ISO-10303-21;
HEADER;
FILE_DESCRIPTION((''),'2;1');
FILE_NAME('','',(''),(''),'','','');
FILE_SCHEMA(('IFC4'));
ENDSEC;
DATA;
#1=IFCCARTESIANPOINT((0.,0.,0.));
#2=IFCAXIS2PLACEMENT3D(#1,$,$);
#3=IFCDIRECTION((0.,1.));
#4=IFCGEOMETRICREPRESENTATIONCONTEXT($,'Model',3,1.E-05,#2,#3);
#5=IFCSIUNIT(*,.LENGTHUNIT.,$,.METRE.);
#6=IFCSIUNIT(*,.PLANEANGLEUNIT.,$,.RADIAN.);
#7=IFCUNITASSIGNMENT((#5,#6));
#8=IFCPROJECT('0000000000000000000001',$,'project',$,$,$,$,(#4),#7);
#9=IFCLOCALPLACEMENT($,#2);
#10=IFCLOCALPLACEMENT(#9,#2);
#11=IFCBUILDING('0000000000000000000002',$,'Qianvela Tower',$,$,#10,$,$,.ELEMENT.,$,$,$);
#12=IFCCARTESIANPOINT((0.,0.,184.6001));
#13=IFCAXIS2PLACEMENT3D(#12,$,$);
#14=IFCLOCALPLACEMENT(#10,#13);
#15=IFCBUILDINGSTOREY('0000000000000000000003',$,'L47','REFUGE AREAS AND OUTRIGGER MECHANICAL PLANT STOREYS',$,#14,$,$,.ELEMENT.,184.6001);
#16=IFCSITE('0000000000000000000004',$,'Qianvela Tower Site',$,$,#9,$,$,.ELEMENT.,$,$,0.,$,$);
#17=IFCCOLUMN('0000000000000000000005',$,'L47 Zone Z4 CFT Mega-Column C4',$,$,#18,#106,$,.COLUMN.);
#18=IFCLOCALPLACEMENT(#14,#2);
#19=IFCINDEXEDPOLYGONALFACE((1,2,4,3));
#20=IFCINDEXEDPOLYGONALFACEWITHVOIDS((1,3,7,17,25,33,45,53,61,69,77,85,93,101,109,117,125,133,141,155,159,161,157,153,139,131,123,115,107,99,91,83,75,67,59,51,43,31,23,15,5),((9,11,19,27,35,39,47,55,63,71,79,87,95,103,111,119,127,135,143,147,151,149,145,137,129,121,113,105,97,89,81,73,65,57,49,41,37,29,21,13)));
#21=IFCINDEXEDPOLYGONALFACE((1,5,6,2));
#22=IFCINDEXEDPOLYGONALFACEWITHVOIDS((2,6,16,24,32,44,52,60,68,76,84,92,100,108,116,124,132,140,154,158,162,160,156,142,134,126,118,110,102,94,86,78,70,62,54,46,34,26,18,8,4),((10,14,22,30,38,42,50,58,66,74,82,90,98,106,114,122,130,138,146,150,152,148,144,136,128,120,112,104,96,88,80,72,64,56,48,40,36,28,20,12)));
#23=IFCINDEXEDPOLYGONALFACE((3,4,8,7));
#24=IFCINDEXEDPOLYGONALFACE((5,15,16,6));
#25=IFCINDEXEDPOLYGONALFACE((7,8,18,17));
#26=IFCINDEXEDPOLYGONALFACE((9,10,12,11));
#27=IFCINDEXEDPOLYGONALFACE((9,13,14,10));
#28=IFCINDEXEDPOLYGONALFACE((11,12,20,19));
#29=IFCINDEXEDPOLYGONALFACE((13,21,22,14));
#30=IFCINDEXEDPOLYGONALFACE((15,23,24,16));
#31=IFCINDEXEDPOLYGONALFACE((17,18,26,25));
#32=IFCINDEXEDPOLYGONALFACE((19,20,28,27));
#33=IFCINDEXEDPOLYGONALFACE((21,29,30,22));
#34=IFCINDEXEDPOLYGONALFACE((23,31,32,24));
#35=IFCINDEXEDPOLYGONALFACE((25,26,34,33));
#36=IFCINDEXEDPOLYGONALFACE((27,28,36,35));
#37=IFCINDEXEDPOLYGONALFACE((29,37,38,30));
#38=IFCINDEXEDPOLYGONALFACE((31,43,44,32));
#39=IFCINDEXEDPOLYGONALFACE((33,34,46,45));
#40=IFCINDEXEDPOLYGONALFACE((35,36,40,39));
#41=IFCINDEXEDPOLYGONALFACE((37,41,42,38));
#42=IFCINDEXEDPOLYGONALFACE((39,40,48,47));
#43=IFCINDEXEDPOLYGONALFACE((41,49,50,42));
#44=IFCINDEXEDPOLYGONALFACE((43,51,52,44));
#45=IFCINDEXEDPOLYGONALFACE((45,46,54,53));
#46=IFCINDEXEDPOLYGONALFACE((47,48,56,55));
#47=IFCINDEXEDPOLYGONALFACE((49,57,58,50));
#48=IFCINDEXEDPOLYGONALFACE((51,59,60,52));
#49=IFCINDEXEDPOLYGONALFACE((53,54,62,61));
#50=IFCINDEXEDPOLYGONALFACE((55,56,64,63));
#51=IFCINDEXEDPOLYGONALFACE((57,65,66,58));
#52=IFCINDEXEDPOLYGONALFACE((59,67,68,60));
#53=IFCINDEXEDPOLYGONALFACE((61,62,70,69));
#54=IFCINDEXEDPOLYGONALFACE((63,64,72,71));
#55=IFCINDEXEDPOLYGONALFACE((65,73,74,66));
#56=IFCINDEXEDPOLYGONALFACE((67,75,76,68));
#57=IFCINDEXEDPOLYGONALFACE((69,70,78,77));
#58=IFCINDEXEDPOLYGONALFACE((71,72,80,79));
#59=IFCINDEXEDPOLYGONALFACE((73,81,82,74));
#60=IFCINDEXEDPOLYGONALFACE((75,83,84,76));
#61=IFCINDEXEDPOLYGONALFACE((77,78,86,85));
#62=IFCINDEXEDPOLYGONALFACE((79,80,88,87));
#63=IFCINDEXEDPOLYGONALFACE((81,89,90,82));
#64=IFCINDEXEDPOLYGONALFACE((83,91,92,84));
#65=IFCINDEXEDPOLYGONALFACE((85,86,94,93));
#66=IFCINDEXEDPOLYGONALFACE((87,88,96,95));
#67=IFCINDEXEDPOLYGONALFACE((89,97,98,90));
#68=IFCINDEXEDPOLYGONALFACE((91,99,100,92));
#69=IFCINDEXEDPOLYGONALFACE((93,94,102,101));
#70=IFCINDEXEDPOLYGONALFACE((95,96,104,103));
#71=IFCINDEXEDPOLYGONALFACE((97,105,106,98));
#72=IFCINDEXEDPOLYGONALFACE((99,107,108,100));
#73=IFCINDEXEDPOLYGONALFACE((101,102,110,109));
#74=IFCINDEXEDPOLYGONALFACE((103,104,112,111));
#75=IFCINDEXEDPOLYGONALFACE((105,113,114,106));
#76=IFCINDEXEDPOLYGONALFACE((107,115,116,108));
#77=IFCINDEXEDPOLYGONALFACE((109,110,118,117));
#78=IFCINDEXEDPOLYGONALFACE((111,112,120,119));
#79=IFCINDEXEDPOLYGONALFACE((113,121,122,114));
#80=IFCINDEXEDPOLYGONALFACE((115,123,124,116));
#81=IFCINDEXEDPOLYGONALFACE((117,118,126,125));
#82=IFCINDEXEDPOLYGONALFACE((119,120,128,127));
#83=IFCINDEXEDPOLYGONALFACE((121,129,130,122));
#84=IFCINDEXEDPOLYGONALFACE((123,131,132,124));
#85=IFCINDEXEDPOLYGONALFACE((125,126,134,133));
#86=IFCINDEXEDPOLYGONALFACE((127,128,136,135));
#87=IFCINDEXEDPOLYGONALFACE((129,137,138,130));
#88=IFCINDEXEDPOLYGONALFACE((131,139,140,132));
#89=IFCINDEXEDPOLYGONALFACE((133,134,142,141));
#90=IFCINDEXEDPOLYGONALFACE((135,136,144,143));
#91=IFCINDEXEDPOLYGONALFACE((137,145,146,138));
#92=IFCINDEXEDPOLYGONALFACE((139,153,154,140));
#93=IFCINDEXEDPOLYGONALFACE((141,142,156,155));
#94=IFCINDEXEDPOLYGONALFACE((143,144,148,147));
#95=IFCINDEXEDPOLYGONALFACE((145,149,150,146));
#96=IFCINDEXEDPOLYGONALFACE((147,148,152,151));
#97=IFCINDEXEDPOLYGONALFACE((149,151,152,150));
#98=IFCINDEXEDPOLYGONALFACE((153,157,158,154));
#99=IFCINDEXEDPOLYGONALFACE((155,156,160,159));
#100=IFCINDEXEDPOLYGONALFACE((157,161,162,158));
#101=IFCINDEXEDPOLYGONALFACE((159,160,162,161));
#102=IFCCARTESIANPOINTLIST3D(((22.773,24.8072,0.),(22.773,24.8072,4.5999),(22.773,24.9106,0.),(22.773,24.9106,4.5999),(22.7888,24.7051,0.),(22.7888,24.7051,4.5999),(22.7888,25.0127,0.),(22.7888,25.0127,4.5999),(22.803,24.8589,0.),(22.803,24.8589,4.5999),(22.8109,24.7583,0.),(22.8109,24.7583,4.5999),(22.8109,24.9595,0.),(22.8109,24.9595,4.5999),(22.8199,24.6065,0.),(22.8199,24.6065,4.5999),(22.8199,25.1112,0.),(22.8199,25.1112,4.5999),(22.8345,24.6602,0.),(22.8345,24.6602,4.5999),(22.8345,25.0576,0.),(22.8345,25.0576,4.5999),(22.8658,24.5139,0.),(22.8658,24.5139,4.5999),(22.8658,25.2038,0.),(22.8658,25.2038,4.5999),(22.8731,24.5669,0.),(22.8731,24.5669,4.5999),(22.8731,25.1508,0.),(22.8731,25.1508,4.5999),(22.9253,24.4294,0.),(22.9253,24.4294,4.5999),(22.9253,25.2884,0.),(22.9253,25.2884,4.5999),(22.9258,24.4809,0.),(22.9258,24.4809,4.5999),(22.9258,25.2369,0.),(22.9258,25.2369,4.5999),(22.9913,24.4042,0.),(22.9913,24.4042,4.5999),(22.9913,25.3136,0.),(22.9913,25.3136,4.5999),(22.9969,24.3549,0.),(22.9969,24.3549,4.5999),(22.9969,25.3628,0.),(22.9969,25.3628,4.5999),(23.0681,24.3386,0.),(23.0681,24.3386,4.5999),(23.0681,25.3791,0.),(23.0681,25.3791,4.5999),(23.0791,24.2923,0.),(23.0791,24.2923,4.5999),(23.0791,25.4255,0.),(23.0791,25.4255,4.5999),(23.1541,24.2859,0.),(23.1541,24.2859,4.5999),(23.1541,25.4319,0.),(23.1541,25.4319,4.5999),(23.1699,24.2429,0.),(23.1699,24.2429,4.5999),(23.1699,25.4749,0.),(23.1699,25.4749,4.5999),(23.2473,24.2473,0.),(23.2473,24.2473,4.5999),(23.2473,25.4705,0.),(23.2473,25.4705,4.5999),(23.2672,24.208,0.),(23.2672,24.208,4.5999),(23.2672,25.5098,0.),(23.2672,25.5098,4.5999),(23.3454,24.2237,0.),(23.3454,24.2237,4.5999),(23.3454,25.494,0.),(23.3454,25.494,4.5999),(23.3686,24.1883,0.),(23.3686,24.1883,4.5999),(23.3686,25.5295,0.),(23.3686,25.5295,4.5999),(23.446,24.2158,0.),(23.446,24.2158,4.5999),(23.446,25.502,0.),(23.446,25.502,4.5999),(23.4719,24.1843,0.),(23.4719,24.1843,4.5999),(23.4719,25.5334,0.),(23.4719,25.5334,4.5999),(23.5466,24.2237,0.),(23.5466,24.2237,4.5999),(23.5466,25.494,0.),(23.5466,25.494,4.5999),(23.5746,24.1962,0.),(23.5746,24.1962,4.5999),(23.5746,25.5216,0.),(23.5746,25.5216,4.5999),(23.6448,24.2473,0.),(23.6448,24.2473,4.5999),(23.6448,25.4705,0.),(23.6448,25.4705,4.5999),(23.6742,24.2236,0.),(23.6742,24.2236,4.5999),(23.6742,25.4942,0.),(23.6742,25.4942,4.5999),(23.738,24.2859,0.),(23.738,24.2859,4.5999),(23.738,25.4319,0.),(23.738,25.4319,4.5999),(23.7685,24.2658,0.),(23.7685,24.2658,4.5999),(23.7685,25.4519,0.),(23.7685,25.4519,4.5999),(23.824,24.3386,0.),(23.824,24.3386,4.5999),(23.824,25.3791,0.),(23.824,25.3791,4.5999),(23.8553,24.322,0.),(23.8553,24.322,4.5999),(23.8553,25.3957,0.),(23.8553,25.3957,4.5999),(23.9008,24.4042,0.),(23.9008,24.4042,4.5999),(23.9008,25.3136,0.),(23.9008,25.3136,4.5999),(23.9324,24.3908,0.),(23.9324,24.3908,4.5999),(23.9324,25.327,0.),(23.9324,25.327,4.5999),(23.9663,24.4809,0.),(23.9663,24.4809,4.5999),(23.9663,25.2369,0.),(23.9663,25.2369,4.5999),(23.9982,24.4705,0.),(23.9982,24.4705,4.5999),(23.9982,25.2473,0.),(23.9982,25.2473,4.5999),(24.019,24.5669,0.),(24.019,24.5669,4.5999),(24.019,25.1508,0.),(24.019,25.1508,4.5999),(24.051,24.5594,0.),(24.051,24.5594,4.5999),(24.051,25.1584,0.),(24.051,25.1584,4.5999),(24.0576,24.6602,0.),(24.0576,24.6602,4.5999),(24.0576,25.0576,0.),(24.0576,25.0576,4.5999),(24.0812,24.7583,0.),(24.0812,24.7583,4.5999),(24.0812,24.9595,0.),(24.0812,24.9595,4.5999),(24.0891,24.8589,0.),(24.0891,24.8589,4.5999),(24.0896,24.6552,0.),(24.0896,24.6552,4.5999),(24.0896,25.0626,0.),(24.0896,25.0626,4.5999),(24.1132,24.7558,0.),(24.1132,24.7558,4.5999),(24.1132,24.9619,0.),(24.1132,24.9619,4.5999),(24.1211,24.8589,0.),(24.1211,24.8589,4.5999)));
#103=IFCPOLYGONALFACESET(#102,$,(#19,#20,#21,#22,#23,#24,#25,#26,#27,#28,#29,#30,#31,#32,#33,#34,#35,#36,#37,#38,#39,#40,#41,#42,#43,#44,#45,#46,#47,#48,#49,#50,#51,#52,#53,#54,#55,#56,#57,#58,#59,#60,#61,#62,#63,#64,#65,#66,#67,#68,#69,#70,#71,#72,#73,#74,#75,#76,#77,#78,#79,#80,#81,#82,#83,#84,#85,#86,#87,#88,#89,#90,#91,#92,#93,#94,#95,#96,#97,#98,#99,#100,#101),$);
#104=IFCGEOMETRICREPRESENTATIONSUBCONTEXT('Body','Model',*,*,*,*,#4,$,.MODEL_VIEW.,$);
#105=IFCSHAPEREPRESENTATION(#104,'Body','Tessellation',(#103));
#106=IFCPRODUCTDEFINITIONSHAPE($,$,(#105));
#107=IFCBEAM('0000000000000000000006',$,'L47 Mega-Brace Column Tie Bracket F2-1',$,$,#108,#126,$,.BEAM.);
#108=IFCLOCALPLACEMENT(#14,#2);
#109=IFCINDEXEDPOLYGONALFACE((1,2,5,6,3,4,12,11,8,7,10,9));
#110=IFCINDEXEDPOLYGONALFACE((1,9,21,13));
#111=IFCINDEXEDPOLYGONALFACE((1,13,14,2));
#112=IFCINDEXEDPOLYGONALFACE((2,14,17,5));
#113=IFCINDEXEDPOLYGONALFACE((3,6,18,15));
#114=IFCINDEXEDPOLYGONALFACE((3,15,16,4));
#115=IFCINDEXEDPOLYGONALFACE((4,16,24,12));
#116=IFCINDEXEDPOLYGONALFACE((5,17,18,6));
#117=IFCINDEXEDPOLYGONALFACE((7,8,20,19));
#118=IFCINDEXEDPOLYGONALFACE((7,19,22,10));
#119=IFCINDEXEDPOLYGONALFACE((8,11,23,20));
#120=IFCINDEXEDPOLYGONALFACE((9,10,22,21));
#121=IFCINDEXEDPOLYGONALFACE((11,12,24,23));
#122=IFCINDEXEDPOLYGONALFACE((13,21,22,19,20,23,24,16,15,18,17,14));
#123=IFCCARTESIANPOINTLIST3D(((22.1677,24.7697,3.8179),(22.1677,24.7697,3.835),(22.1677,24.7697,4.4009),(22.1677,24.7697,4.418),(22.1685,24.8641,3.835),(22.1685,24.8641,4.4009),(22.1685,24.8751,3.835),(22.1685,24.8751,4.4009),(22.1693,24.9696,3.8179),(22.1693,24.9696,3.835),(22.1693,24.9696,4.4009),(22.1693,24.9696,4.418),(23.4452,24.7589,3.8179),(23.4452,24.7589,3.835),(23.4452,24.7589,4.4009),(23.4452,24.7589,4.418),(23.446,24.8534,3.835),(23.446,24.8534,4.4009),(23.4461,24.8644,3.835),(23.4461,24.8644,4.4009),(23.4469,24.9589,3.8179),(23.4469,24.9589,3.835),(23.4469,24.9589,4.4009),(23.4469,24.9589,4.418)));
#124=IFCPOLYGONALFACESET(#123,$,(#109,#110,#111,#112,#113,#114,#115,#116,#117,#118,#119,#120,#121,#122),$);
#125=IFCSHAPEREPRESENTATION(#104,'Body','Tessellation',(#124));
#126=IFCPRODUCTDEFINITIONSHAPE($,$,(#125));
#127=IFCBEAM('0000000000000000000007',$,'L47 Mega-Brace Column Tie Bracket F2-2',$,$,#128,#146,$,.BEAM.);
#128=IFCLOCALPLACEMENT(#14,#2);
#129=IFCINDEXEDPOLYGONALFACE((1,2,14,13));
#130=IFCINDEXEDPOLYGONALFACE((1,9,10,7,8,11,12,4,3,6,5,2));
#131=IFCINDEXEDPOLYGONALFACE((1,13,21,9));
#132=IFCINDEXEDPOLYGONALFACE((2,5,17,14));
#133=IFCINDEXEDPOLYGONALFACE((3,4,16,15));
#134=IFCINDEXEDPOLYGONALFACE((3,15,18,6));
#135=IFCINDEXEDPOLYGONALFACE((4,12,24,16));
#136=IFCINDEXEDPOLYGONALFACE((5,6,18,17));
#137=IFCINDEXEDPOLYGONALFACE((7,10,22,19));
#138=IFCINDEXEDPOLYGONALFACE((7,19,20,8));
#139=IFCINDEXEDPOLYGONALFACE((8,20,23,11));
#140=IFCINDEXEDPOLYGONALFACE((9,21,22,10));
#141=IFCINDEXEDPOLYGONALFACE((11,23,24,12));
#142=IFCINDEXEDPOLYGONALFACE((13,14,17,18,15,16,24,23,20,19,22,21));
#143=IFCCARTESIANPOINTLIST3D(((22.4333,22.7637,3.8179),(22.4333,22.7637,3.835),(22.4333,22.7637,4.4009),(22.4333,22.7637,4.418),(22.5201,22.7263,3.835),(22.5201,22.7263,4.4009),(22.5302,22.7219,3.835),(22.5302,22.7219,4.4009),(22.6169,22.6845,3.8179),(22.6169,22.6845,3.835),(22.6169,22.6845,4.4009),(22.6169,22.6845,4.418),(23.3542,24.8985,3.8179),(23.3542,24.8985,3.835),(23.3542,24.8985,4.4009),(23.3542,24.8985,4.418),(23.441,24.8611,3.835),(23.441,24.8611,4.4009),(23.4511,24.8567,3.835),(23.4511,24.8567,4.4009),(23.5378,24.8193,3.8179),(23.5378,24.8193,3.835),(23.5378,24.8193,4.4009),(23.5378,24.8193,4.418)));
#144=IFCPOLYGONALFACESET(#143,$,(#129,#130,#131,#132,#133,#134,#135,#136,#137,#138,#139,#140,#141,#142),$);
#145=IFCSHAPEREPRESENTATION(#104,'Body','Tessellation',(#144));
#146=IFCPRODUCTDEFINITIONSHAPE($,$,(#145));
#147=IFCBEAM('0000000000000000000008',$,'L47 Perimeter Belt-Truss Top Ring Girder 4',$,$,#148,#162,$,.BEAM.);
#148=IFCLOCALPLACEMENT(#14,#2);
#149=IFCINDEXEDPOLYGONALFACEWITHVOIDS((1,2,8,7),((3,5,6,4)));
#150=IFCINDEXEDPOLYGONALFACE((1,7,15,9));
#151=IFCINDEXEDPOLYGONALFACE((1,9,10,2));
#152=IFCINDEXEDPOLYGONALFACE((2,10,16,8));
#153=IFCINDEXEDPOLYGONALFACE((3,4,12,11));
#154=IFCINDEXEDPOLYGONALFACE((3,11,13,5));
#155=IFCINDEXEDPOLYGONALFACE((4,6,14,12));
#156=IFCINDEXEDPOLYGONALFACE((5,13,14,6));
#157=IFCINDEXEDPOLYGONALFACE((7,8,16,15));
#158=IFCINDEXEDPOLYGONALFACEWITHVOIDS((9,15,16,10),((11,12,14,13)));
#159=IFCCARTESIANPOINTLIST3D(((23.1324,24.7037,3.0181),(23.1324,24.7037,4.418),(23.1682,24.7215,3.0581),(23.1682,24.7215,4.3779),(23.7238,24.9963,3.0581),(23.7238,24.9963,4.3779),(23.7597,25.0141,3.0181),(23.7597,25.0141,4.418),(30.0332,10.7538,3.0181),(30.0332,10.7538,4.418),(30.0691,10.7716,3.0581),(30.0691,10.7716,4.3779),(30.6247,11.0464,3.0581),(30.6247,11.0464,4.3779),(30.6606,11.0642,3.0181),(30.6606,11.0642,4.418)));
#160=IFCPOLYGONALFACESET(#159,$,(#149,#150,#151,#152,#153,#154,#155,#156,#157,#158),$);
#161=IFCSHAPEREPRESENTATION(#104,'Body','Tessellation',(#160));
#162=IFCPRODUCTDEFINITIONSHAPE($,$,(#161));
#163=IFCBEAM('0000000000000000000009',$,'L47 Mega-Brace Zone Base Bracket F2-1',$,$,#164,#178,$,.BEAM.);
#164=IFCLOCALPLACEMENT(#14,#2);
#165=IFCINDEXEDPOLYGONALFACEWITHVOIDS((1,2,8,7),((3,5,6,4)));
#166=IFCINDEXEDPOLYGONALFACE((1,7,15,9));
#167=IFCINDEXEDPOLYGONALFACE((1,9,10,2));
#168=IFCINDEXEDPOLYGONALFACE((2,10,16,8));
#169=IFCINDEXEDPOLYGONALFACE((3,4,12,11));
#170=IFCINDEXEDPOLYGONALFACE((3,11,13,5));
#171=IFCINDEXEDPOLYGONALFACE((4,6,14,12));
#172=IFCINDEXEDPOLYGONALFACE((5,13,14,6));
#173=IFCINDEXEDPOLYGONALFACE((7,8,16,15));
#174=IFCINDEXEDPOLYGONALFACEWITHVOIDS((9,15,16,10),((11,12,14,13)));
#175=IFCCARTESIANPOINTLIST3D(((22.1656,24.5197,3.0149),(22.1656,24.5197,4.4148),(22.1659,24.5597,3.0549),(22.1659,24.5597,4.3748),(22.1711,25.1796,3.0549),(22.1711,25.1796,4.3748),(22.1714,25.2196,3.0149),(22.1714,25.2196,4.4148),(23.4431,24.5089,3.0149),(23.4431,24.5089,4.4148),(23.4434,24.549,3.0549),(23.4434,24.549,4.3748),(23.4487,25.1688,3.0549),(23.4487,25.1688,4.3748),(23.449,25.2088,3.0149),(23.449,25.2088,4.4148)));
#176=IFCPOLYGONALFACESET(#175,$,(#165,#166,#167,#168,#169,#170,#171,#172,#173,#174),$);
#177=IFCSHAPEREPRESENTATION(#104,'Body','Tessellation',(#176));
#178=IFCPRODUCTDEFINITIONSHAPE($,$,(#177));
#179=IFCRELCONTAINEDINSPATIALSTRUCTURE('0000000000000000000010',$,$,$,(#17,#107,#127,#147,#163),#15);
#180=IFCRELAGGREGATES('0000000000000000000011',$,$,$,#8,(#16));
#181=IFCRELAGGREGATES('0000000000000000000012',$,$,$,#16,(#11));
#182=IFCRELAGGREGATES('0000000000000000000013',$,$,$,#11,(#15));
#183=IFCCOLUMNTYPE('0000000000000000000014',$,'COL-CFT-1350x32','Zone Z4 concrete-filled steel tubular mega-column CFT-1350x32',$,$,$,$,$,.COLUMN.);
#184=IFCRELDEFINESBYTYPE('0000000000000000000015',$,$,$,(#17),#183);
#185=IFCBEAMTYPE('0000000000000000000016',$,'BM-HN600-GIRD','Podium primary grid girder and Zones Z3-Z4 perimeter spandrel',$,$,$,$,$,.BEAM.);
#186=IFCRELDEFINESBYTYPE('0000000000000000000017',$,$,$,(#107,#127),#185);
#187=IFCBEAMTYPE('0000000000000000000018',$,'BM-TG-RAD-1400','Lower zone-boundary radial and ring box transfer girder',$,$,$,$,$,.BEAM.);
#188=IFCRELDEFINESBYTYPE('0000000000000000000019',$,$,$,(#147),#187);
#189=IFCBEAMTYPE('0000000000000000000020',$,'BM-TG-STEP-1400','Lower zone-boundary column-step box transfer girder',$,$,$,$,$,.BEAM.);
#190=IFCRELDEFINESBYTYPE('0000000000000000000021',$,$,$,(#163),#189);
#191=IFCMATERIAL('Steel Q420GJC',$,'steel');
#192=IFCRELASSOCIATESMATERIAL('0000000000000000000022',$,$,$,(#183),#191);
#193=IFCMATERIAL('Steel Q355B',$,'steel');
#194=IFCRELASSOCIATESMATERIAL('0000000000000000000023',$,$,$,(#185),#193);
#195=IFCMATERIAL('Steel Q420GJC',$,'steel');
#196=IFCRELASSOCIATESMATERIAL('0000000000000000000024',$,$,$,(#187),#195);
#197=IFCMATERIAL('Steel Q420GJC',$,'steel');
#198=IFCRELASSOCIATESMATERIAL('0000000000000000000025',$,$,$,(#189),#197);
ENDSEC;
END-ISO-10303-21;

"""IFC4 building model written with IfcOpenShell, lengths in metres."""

from ifc_helpers import new_model, si_unit, direction, frame, origin, origin_2d, place, context, subcontext, project, spatial, hollow_rectangle, hollow_circle, i_section, extrude, material, material_profile, profile_set, type_object, element, save


model = new_model("IFC4")

# Units and contexts
model_context = context("Model", 3, precision=1e-05, world=origin(), true_north=direction((0.0, 1.0)))
body_context = subcontext(model_context, "Body", "Model", "MODEL_VIEW")
ifc_project = project(units=[si_unit("LENGTHUNIT", "METRE"), si_unit("PLANEANGLEUNIT", "RADIAN")], contexts=[model_context])

# Site, building, storey
site_placement = place(None, origin())
site = spatial("IfcSite", under=ifc_project, at=site_placement, Name="Qianvela Tower Site", CompositionType="ELEMENT", RefElevation=0.0)
building_placement = place(site_placement, origin())
building = spatial("IfcBuilding", under=site, at=building_placement, Name="Qianvela Tower", CompositionType="ELEMENT")
storey_placement = place(building_placement, frame((0.0, 0.0, 184.6001)))
storey = spatial("IfcBuildingStorey", under=building, at=storey_placement, Name="L47", Description="REFUGE AREAS AND OUTRIGGER MECHANICAL PLANT STOREYS", CompositionType="ELEMENT", Elevation=184.6001)

# Column
ifc_material_1 = material(Name="Steel Q420GJC", Category="steel")
ifc_material_profile_1 = material_profile(ifc_material_1, hollow_circle(Radius=0.675, WallThickness=0.032, at=origin_2d()), Name="CFT-1350x32")
ifc_profile_set_1 = profile_set([ifc_material_profile_1], Name="Steel Q420GJC")
column_type = type_object("IfcColumnType", Name="COL-CFT-1350x32", Description="Zone Z4 concrete-filled steel tubular mega-column CFT-1350x32", PredefinedType="COLUMN", material=ifc_profile_set_1)
column_placement = place(storey_placement, frame((23.446, 24.8589, 0.0), z_axis=(0.0, 0.0, 1.0), x_axis=(1.0, 0.0, 0.0)))
element("IfcColumn", 1, at=column_placement, inside=storey, type_object=column_type, Name="L47 Zone Z4 CFT Mega-Column C4", PredefinedType="COLUMN", context=body_context, shape_type="SweptSolid", body=[
    extrude(hollow_circle(Radius=0.675, WallThickness=0.032, at=origin_2d()), origin(), (0.0, 0.0, 1.0), 4.5999),
])

# Beams
ifc_material_2 = material(Name="Steel Q355B", Category="steel")
ifc_material_profile_2 = material_profile(ifc_material_2, i_section(OverallWidth=0.2, OverallDepth=0.6001, WebThickness=0.011, FlangeThickness=0.0171, at=origin_2d()), Name="HN600x200x11x17")
ifc_profile_set_2 = profile_set([ifc_material_profile_2], Name="Steel Q355B")
beam_type_1 = type_object("IfcBeamType", Name="BM-HN600-GIRD", Description="Podium primary grid girder and Zones Z3-Z4 perimeter spandrel", PredefinedType="BEAM", material=ifc_profile_set_2)
beam_1_placement = place(storey_placement, frame((23.446, 24.8589, 4.1179), z_axis=(-0.999965, 0.008408, 0.0), x_axis=(-0.008408, -0.999965, 0.0)))
element("IfcBeam", 2, at=beam_1_placement, inside=storey, type_object=beam_type_1, Name="L47 Mega-Brace Column Tie Bracket F2-1", PredefinedType="BEAM", context=body_context, shape_type="SweptSolid", body=[
    extrude(i_section(OverallWidth=0.2, OverallDepth=0.6001, WebThickness=0.011, FlangeThickness=0.0171, at=origin_2d()), origin(), (0.0, 0.0, 1.0), 1.2776),
])
beam_2_placement = place(storey_placement, frame((23.446, 24.8589, 4.1179), z_axis=(-0.396098, -0.918208, 0.0), x_axis=(0.918208, -0.396098, 0.0)))
element("IfcBeam", 3, at=beam_2_placement, inside=storey, type_object=beam_type_1, Name="L47 Mega-Brace Column Tie Bracket F2-2", PredefinedType="BEAM", context=body_context, shape_type="SweptSolid", body=[
    extrude(i_section(OverallWidth=0.2, OverallDepth=0.6001, WebThickness=0.011, FlangeThickness=0.0171, at=origin_2d()), origin(), (0.0, 0.0, 1.0), 2.325),
])
ifc_material_3 = material(Name="Steel Q420GJC", Category="steel")
ifc_material_profile_3 = material_profile(ifc_material_3, hollow_rectangle(XDim=0.7, YDim=1.3999, WallThickness=0.04, at=origin_2d()), Name="TG-BOX-1400x700x40")
ifc_profile_set_3 = profile_set([ifc_material_profile_3], Name="Steel Q420GJC")
beam_type_2 = type_object("IfcBeamType", Name="BM-TG-RAD-1400", Description="Lower zone-boundary radial and ring box transfer girder", PredefinedType="BEAM", material=ifc_profile_set_3)
beam_3_placement = place(storey_placement, frame((23.446, 24.8589, 3.718), z_axis=(0.443401, -0.896323, 0.0), x_axis=(0.896323, 0.443401, 0.0)))
element("IfcBeam", 4, at=beam_3_placement, inside=storey, type_object=beam_type_2, Name="L47 Perimeter Belt-Truss Top Ring Girder 4", PredefinedType="BEAM", context=body_context, shape_type="SweptSolid", body=[
    extrude(hollow_rectangle(XDim=0.7, YDim=1.3999, WallThickness=0.04, at=origin_2d()), origin(), (0.0, 0.0, 1.0), 15.5635),
])
ifc_material_4 = material(Name="Steel Q420GJC", Category="steel")
ifc_material_profile_4 = material_profile(ifc_material_4, hollow_rectangle(XDim=0.7, YDim=1.3999, WallThickness=0.04, at=origin_2d()), Name="TG-BOX-1400x700x40")
ifc_profile_set_4 = profile_set([ifc_material_profile_4], Name="Steel Q420GJC")
beam_type_3 = type_object("IfcBeamType", Name="BM-TG-STEP-1400", Description="Lower zone-boundary column-step box transfer girder", PredefinedType="BEAM", material=ifc_profile_set_4)
beam_4_placement = place(storey_placement, frame((23.446, 24.8589, 3.7148), z_axis=(-0.999965, 0.008408, 0.0), x_axis=(-0.008408, -0.999965, 0.0)))
element("IfcBeam", 5, at=beam_4_placement, inside=storey, type_object=beam_type_3, Name="L47 Mega-Brace Zone Base Bracket F2-1", PredefinedType="BEAM", context=body_context, shape_type="SweptSolid", body=[
    extrude(hollow_rectangle(XDim=0.7, YDim=1.3999, WallThickness=0.04, at=origin_2d()), origin(), (0.0, 0.0, 1.0), 1.2776),
])

save(model, "model.ifc")
